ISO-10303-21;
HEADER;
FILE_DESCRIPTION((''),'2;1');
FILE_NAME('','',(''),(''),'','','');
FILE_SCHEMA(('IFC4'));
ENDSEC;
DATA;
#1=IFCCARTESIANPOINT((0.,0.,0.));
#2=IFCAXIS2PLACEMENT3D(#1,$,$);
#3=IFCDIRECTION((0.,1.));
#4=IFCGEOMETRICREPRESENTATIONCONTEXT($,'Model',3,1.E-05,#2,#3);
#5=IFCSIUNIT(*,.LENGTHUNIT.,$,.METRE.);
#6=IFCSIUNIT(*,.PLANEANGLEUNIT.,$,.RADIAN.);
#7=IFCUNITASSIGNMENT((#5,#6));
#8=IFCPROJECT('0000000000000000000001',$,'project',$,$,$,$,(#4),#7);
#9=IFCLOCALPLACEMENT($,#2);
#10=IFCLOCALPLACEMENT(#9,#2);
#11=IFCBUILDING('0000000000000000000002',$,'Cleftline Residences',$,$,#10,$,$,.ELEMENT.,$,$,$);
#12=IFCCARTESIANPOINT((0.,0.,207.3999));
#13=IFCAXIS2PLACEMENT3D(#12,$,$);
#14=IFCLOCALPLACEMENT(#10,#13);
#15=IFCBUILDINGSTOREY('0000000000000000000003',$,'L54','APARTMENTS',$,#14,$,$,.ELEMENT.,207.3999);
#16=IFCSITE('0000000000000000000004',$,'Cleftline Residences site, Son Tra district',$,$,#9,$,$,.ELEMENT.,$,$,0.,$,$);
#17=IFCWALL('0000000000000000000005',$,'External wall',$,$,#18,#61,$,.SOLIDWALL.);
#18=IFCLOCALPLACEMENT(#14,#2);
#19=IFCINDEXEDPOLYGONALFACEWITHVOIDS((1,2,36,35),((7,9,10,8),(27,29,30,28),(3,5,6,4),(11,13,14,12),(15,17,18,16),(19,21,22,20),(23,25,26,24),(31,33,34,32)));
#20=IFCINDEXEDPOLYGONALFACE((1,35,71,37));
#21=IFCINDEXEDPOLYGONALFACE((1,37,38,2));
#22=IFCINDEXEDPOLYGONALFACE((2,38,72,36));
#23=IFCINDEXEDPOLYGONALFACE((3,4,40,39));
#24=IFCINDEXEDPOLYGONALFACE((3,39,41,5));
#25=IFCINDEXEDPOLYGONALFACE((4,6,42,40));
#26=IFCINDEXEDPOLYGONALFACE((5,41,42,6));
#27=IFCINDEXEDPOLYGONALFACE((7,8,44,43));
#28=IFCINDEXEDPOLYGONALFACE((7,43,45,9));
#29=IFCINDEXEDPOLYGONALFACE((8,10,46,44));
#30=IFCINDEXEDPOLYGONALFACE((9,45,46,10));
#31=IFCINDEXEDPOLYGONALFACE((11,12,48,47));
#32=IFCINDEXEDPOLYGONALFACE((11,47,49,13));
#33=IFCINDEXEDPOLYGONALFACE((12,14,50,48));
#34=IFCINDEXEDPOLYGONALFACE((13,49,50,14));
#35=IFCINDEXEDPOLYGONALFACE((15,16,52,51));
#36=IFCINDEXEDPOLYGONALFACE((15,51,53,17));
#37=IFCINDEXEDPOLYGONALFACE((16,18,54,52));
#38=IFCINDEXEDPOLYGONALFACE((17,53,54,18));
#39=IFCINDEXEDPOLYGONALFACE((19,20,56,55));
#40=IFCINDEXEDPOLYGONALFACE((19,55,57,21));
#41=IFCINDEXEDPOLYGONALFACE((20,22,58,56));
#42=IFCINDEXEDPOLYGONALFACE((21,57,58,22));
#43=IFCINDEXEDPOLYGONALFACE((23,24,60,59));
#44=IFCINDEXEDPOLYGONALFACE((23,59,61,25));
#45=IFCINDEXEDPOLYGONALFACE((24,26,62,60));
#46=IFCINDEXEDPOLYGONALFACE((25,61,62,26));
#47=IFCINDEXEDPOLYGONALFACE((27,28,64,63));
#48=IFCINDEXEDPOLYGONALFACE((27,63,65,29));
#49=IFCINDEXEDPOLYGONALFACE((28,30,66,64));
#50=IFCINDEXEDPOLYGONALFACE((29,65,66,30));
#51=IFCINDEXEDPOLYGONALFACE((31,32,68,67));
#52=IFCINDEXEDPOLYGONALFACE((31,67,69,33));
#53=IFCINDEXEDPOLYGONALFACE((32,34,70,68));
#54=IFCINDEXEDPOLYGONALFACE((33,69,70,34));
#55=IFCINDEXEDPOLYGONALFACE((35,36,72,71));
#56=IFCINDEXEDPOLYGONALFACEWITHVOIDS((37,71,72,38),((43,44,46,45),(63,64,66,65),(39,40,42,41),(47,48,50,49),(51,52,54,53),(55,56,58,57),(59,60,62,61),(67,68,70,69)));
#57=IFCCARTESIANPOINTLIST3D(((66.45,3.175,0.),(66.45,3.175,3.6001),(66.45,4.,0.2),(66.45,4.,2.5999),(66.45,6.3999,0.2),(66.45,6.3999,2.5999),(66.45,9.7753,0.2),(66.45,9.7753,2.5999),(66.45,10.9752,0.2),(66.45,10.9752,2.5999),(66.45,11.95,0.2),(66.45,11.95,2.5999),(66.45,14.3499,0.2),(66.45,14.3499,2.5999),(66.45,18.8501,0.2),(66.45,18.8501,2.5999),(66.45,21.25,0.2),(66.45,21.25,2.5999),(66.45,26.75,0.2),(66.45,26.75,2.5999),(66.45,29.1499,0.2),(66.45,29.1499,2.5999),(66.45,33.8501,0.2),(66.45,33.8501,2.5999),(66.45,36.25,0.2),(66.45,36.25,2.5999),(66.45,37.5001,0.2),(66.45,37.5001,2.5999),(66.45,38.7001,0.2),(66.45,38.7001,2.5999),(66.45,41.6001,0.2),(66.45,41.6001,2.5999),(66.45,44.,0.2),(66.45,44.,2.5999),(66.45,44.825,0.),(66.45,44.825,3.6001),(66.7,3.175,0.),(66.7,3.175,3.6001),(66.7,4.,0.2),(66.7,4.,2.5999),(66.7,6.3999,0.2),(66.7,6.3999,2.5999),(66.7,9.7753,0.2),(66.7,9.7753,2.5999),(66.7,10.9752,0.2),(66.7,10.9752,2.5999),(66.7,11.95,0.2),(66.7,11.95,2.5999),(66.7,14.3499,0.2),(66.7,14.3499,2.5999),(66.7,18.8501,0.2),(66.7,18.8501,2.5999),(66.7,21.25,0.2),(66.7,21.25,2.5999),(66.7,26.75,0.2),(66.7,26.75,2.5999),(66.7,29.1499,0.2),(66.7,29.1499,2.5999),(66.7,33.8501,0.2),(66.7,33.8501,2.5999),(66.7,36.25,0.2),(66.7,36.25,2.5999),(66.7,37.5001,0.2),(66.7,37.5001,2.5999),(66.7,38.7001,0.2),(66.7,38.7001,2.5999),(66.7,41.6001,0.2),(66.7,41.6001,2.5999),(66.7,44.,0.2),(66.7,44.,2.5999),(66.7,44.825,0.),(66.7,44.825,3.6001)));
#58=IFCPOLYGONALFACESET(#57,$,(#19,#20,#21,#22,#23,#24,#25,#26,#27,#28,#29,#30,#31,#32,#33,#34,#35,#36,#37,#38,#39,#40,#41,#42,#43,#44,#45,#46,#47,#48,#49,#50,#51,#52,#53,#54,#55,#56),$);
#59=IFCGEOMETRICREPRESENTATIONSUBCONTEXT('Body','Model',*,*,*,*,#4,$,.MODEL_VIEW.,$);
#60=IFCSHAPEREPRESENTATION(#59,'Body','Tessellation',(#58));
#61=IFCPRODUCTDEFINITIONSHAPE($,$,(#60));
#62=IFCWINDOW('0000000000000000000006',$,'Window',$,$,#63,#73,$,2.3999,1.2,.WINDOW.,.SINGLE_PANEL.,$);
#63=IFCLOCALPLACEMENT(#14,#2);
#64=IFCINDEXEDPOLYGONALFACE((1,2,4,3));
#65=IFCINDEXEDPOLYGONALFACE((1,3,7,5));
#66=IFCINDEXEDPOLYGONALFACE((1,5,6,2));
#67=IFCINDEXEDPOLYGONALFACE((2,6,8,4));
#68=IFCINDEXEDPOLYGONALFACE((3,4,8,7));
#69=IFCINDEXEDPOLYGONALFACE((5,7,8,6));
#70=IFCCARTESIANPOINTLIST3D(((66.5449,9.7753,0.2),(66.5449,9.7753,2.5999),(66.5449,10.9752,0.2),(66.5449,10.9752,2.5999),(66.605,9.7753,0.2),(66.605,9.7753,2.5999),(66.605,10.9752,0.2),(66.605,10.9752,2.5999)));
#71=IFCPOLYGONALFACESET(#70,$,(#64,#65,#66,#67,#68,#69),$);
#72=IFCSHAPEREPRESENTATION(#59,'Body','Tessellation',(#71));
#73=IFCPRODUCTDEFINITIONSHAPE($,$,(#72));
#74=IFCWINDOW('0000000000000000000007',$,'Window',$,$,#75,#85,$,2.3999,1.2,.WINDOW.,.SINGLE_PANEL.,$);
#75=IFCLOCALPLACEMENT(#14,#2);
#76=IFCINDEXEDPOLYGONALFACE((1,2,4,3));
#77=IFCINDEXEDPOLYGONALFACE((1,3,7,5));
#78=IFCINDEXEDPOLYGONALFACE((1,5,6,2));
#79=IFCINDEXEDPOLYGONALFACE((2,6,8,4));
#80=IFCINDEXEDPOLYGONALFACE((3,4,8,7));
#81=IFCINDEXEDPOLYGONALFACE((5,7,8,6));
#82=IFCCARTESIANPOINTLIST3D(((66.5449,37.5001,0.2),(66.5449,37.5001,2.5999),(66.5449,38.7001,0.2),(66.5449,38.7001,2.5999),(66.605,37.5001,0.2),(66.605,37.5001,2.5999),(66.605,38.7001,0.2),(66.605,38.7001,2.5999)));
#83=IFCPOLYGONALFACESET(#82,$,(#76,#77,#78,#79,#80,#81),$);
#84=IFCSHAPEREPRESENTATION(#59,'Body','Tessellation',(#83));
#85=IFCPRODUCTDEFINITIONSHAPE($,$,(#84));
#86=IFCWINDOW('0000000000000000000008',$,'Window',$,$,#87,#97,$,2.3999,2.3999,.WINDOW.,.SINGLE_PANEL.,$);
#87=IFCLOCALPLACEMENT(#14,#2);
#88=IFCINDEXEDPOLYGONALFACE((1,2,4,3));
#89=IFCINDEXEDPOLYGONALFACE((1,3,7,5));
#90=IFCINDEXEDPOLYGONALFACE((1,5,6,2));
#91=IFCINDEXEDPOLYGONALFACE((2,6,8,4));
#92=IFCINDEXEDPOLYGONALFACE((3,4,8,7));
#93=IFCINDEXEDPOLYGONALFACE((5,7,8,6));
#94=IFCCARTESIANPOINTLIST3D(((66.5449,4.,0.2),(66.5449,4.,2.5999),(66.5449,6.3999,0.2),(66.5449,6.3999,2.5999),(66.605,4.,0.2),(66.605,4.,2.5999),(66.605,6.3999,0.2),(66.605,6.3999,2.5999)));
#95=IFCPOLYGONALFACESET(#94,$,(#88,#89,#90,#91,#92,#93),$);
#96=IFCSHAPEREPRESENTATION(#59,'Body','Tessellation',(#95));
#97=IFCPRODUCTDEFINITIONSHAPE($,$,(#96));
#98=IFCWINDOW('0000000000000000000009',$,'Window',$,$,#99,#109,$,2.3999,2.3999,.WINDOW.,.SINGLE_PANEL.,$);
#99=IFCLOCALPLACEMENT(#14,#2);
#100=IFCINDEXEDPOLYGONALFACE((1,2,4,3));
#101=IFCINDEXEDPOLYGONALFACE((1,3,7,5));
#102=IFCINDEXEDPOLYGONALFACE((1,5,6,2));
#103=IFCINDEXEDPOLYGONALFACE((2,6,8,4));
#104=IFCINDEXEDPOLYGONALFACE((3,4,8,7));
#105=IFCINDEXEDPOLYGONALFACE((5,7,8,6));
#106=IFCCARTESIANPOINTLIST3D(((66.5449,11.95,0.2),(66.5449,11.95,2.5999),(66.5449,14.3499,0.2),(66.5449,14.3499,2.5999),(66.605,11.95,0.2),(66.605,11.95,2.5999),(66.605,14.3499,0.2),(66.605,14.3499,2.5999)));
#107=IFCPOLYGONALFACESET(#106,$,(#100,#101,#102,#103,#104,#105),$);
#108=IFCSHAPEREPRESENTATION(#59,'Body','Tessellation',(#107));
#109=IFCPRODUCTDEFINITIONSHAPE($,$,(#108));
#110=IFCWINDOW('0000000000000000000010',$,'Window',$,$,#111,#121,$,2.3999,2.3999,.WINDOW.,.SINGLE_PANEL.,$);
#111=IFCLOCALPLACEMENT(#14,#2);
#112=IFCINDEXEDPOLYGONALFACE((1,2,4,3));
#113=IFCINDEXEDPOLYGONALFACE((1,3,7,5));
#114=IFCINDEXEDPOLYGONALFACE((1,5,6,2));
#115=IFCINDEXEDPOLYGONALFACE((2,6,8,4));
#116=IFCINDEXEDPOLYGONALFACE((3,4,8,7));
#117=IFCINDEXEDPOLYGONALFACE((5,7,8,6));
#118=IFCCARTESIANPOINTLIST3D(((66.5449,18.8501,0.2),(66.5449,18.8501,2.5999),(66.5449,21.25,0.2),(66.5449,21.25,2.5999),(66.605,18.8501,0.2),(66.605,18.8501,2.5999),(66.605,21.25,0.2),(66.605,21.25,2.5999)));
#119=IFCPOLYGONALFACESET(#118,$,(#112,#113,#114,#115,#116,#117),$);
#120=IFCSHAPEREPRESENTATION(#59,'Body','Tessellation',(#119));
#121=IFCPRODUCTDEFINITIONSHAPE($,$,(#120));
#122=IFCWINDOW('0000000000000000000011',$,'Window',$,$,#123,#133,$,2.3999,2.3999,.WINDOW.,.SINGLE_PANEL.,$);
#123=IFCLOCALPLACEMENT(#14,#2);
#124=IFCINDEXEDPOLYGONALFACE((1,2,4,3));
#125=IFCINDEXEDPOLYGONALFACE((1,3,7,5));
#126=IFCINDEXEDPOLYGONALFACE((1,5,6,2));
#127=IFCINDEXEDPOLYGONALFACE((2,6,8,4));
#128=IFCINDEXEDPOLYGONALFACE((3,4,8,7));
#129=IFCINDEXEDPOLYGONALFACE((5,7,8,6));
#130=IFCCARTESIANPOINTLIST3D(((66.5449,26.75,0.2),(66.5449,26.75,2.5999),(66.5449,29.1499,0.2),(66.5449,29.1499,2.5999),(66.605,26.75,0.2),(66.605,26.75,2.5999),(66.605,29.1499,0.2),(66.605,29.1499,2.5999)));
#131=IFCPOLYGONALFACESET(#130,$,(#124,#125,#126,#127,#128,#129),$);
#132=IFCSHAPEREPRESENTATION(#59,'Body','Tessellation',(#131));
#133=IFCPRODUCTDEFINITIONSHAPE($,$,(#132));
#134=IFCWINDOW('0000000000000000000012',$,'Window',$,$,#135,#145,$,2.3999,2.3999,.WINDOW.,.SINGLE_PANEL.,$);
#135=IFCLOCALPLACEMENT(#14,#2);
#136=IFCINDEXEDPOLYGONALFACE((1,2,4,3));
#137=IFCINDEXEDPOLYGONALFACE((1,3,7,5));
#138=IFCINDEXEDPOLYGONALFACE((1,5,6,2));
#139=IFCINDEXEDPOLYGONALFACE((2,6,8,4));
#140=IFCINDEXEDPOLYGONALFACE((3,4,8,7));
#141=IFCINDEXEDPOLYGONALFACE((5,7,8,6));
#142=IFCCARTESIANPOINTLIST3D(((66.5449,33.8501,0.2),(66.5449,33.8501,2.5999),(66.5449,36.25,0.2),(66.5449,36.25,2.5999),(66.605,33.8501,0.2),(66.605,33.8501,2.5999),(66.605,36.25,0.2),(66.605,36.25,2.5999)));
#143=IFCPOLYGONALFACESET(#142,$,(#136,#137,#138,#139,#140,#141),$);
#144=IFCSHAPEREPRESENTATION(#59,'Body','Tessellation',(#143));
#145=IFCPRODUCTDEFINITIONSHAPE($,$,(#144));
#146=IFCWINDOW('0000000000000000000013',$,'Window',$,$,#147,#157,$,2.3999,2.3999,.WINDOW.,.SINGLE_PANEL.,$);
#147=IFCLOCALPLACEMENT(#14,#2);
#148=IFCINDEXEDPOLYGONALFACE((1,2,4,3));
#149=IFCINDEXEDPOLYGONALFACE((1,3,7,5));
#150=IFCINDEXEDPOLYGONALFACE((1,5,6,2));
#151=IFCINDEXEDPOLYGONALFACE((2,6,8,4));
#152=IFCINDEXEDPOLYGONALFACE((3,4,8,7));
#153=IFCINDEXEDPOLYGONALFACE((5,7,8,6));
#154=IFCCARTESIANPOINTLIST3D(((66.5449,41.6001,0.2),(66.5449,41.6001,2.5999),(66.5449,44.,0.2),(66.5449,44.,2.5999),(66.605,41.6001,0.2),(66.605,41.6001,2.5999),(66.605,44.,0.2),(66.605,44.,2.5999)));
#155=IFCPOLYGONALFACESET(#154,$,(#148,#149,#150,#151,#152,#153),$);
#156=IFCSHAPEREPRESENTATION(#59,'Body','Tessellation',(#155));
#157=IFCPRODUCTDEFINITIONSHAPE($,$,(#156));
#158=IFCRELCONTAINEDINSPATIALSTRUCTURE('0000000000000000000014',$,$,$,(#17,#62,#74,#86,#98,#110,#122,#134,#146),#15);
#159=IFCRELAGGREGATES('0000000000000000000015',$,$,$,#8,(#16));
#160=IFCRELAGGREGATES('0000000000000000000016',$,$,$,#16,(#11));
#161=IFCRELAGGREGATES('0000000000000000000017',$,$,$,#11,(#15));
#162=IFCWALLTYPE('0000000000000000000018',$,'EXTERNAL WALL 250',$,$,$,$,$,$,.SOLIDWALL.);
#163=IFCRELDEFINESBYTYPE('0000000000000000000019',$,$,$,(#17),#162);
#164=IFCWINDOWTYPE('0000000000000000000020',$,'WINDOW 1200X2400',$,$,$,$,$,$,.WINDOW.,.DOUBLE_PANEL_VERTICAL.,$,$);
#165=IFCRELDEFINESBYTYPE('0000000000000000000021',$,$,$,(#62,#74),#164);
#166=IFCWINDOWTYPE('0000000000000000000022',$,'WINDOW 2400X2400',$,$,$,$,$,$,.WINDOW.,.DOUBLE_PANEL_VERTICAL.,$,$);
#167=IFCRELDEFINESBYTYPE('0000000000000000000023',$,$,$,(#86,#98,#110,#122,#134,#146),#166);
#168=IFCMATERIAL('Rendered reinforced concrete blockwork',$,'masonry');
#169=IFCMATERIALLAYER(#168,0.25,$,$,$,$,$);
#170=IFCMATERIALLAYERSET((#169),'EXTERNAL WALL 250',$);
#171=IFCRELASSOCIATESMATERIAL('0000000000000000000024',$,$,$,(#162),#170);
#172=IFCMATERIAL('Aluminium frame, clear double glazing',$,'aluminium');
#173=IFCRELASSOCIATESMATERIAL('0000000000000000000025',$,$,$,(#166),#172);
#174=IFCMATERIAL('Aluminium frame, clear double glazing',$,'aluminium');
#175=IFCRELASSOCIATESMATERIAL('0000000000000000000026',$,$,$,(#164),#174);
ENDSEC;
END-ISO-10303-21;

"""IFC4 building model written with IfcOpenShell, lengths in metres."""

from ifc_helpers import new_model, si_unit, direction, frame, frame_2d, origin, place, context, subcontext, project, spatial, rectangle, extrude, material, layer, layer_set, type_object, element, fill, save


model = new_model("IFC4")

# Units and contexts
model_context = context("Model", 3, precision=1e-05, world=origin(), true_north=direction((0.0, 1.0)))
body_context = subcontext(model_context, "Body", "Model", "MODEL_VIEW")
ifc_project = project(units=[si_unit("LENGTHUNIT", "METRE"), si_unit("PLANEANGLEUNIT", "RADIAN")], contexts=[model_context])

# Site, building, storey
site_placement = place(None, origin())
site = spatial("IfcSite", under=ifc_project, at=site_placement, Name="Cleftline Residences site, Son Tra district", CompositionType="ELEMENT", RefElevation=0.0)
building_placement = place(site_placement, origin())
building = spatial("IfcBuilding", under=site, at=building_placement, Name="Cleftline Residences", CompositionType="ELEMENT")
storey_placement = place(building_placement, frame((0.0, 0.0, 207.3999)))
storey = spatial("IfcBuildingStorey", under=building, at=storey_placement, Name="L54", Description="APARTMENTS", CompositionType="ELEMENT", Elevation=207.3999)

# Shared definitions
ifc_material_1 = material(Name="Rendered reinforced concrete blockwork", Category="masonry")
ifc_layer_1 = layer(ifc_material_1, 0.25)
ifc_layer_set_1 = layer_set([ifc_layer_1], Name="EXTERNAL WALL 250")
wall_type = type_object("IfcWallType", Name="EXTERNAL WALL 250", PredefinedType="SOLIDWALL", material=ifc_layer_set_1)
ifc_material_2 = material(Name="Aluminium frame, clear double glazing", Category="aluminium")
window_type_1 = type_object("IfcWindowType", Name="WINDOW 2400X2400", PartitioningType="DOUBLE_PANEL_VERTICAL", PredefinedType="WINDOW", material=ifc_material_2)

# Wall, openings, windows
wall_1_placement = place(storey_placement, frame((66.575, 3.175, 0.0), z_axis=(0.0, 0.0, 1.0), x_axis=(0.0, 1.0, 0.0)))
wall_1 = element("IfcWall", 1, at=wall_1_placement, inside=storey, type_object=wall_type, Name="External wall", PredefinedType="SOLIDWALL", context=body_context, shape_type="SweptSolid", body=[
    extrude(rectangle(XDim=41.6499, YDim=0.25, at=frame_2d((20.825, 0.0))), origin(), (0.0, 0.0, 1.0), 3.6001),
])
opening_1_placement = place(wall_1_placement, frame((0.825, 0.0, 0.2)))
opening_1 = element("IfcOpeningElement", 2, at=opening_1_placement, cuts=wall_1, PredefinedType="OPENING", context=body_context, shape_type="SweptSolid", body=[
    extrude(rectangle(XDim=2.3999, YDim=2.3999, at=frame_2d((1.2, 1.2))), frame((0.0, 0.135, 0.0), z_axis=(0.0, -1.0, 0.0), x_axis=(1.0, 0.0, 0.0)), (0.0, 0.0, 1.0), 0.27),
])
opening_2_placement = place(wall_1_placement, frame((6.6001, 0.0, 0.2)))
opening_2 = element("IfcOpeningElement", 3, at=opening_2_placement, cuts=wall_1, PredefinedType="OPENING", context=body_context, shape_type="SweptSolid", body=[
    extrude(rectangle(XDim=1.2, YDim=2.3999, at=frame_2d((0.6001, 1.2))), frame((0.0, 0.135, 0.0), z_axis=(0.0, -1.0, 0.0), x_axis=(1.0, 0.0, 0.0)), (0.0, 0.0, 1.0), 0.27),
])
opening_3_placement = place(wall_1_placement, frame((8.7749, 0.0, 0.2)))
opening_3 = element("IfcOpeningElement", 4, at=opening_3_placement, cuts=wall_1, PredefinedType="OPENING", context=body_context, shape_type="SweptSolid", body=[
    extrude(rectangle(XDim=2.3999, YDim=2.3999, at=frame_2d((1.2, 1.2))), frame((0.0, 0.135, 0.0), z_axis=(0.0, -1.0, 0.0), x_axis=(1.0, 0.0, 0.0)), (0.0, 0.0, 1.0), 0.27),
])
opening_4_placement = place(wall_1_placement, frame((15.675, 0.0, 0.2)))
opening_4 = element("IfcOpeningElement", 5, at=opening_4_placement, cuts=wall_1, PredefinedType="OPENING", context=body_context, shape_type="SweptSolid", body=[
    extrude(rectangle(XDim=2.3999, YDim=2.3999, at=frame_2d((1.2, 1.2))), frame((0.0, 0.135, 0.0), z_axis=(0.0, -1.0, 0.0), x_axis=(1.0, 0.0, 0.0)), (0.0, 0.0, 1.0), 0.27),
])
opening_5_placement = place(wall_1_placement, frame((23.575, 0.0, 0.2)))
opening_5 = element("IfcOpeningElement", 6, at=opening_5_placement, cuts=wall_1, PredefinedType="OPENING", context=body_context, shape_type="SweptSolid", body=[
    extrude(rectangle(XDim=2.3999, YDim=2.3999, at=frame_2d((1.2, 1.2))), frame((0.0, 0.135, 0.0), z_axis=(0.0, -1.0, 0.0), x_axis=(1.0, 0.0, 0.0)), (0.0, 0.0, 1.0), 0.27),
])
opening_6_placement = place(wall_1_placement, frame((30.675, 0.0, 0.2)))
opening_6 = element("IfcOpeningElement", 7, at=opening_6_placement, cuts=wall_1, PredefinedType="OPENING", context=body_context, shape_type="SweptSolid", body=[
    extrude(rectangle(XDim=2.3999, YDim=2.3999, at=frame_2d((1.2, 1.2))), frame((0.0, 0.135, 0.0), z_axis=(0.0, -1.0, 0.0), x_axis=(1.0, 0.0, 0.0)), (0.0, 0.0, 1.0), 0.27),
])
opening_7_placement = place(wall_1_placement, frame((34.325, 0.0, 0.2)))
opening_7 = element("IfcOpeningElement", 8, at=opening_7_placement, cuts=wall_1, PredefinedType="OPENING", context=body_context, shape_type="SweptSolid", body=[
    extrude(rectangle(XDim=1.2, YDim=2.3999, at=frame_2d((0.6001, 1.2))), frame((0.0, 0.135, 0.0), z_axis=(0.0, -1.0, 0.0), x_axis=(1.0, 0.0, 0.0)), (0.0, 0.0, 1.0), 0.27),
])
opening_8_placement = place(wall_1_placement, frame((38.425, 0.0, 0.2)))
opening_8 = element("IfcOpeningElement", 9, at=opening_8_placement, cuts=wall_1, PredefinedType="OPENING", context=body_context, shape_type="SweptSolid", body=[
    extrude(rectangle(XDim=2.3999, YDim=2.3999, at=frame_2d((1.2, 1.2))), frame((0.0, 0.135, 0.0), z_axis=(0.0, -1.0, 0.0), x_axis=(1.0, 0.0, 0.0)), (0.0, 0.0, 1.0), 0.27),
])
ifc_material_3 = material(Name="Aluminium frame, clear double glazing", Category="aluminium")
window_type_2 = type_object("IfcWindowType", Name="WINDOW 1200X2400", PartitioningType="DOUBLE_PANEL_VERTICAL", PredefinedType="WINDOW", material=ifc_material_3)
window_1_placement = place(opening_2_placement, origin())
window_1 = element("IfcWindow", 10, at=window_1_placement, inside=storey, type_object=window_type_2, Name="Window", OverallHeight=2.3999, OverallWidth=1.2, PartitioningType="SINGLE_PANEL", PredefinedType="WINDOW", context=body_context, shape_type="SweptSolid", body=[
    extrude(rectangle(XDim=1.2, YDim=2.3999, at=frame_2d((0.6001, 1.2))), frame((0.0, 0.03, 0.0), z_axis=(0.0, -1.0, 0.0), x_axis=(1.0, 0.0, 0.0)), (0.0, 0.0, 1.0), 0.0601),
])
fill(opening_2, window_1)
window_2_placement = place(opening_7_placement, origin())
window_2 = element("IfcWindow", 11, at=window_2_placement, inside=storey, type_object=window_type_2, Name="Window", OverallHeight=2.3999, OverallWidth=1.2, PartitioningType="SINGLE_PANEL", PredefinedType="WINDOW", context=body_context, shape_type="SweptSolid", body=[
    extrude(rectangle(XDim=1.2, YDim=2.3999, at=frame_2d((0.6001, 1.2))), frame((0.0, 0.03, 0.0), z_axis=(0.0, -1.0, 0.0), x_axis=(1.0, 0.0, 0.0)), (0.0, 0.0, 1.0), 0.0601),
])
fill(opening_7, window_2)
window_3_placement = place(opening_1_placement, origin())
window_3 = element("IfcWindow", 12, at=window_3_placement, inside=storey, type_object=window_type_1, Name="Window", OverallHeight=2.3999, OverallWidth=2.3999, PartitioningType="SINGLE_PANEL", PredefinedType="WINDOW", context=body_context, shape_type="SweptSolid", body=[
    extrude(rectangle(XDim=2.3999, YDim=2.3999, at=frame_2d((1.2, 1.2))), frame((0.0, 0.03, 0.0), z_axis=(0.0, -1.0, 0.0), x_axis=(1.0, 0.0, 0.0)), (0.0, 0.0, 1.0), 0.0601),
])
fill(opening_1, window_3)
window_4_placement = place(opening_3_placement, origin())
window_4 = element("IfcWindow", 13, at=window_4_placement, inside=storey, type_object=window_type_1, Name="Window", OverallHeight=2.3999, OverallWidth=2.3999, PartitioningType="SINGLE_PANEL", PredefinedType="WINDOW", context=body_context, shape_type="SweptSolid", body=[
    extrude(rectangle(XDim=2.3999, YDim=2.3999, at=frame_2d((1.2, 1.2))), frame((0.0, 0.03, 0.0), z_axis=(0.0, -1.0, 0.0), x_axis=(1.0, 0.0, 0.0)), (0.0, 0.0, 1.0), 0.0601),
])
fill(opening_3, window_4)
window_5_placement = place(opening_4_placement, origin())
window_5 = element("IfcWindow", 14, at=window_5_placement, inside=storey, type_object=window_type_1, Name="Window", OverallHeight=2.3999, OverallWidth=2.3999, PartitioningType="SINGLE_PANEL", PredefinedType="WINDOW", context=body_context, shape_type="SweptSolid", body=[
    extrude(rectangle(XDim=2.3999, YDim=2.3999, at=frame_2d((1.2, 1.2))), frame((0.0, 0.03, 0.0), z_axis=(0.0, -1.0, 0.0), x_axis=(1.0, 0.0, 0.0)), (0.0, 0.0, 1.0), 0.0601),
])
fill(opening_4, window_5)
window_6_placement = place(opening_5_placement, origin())
window_6 = element("IfcWindow", 15, at=window_6_placement, inside=storey, type_object=window_type_1, Name="Window", OverallHeight=2.3999, OverallWidth=2.3999, PartitioningType="SINGLE_PANEL", PredefinedType="WINDOW", context=body_context, shape_type="SweptSolid", body=[
    extrude(rectangle(XDim=2.3999, YDim=2.3999, at=frame_2d((1.2, 1.2))), frame((0.0, 0.03, 0.0), z_axis=(0.0, -1.0, 0.0), x_axis=(1.0, 0.0, 0.0)), (0.0, 0.0, 1.0), 0.0601),
])
fill(opening_5, window_6)
window_7_placement = place(opening_6_placement, origin())
window_7 = element("IfcWindow", 16, at=window_7_placement, inside=storey, type_object=window_type_1, Name="Window", OverallHeight=2.3999, OverallWidth=2.3999, PartitioningType="SINGLE_PANEL", PredefinedType="WINDOW", context=body_context, shape_type="SweptSolid", body=[
    extrude(rectangle(XDim=2.3999, YDim=2.3999, at=frame_2d((1.2, 1.2))), frame((0.0, 0.03, 0.0), z_axis=(0.0, -1.0, 0.0), x_axis=(1.0, 0.0, 0.0)), (0.0, 0.0, 1.0), 0.0601),
])
fill(opening_6, window_7)
window_8_placement = place(opening_8_placement, origin())
window_8 = element("IfcWindow", 17, at=window_8_placement, inside=storey, type_object=window_type_1, Name="Window", OverallHeight=2.3999, OverallWidth=2.3999, PartitioningType="SINGLE_PANEL", PredefinedType="WINDOW", context=body_context, shape_type="SweptSolid", body=[
    extrude(rectangle(XDim=2.3999, YDim=2.3999, at=frame_2d((1.2, 1.2))), frame((0.0, 0.03, 0.0), z_axis=(0.0, -1.0, 0.0), x_axis=(1.0, 0.0, 0.0)), (0.0, 0.0, 1.0), 0.0601),
])
fill(opening_8, window_8)

save(model, "model.ifc")
